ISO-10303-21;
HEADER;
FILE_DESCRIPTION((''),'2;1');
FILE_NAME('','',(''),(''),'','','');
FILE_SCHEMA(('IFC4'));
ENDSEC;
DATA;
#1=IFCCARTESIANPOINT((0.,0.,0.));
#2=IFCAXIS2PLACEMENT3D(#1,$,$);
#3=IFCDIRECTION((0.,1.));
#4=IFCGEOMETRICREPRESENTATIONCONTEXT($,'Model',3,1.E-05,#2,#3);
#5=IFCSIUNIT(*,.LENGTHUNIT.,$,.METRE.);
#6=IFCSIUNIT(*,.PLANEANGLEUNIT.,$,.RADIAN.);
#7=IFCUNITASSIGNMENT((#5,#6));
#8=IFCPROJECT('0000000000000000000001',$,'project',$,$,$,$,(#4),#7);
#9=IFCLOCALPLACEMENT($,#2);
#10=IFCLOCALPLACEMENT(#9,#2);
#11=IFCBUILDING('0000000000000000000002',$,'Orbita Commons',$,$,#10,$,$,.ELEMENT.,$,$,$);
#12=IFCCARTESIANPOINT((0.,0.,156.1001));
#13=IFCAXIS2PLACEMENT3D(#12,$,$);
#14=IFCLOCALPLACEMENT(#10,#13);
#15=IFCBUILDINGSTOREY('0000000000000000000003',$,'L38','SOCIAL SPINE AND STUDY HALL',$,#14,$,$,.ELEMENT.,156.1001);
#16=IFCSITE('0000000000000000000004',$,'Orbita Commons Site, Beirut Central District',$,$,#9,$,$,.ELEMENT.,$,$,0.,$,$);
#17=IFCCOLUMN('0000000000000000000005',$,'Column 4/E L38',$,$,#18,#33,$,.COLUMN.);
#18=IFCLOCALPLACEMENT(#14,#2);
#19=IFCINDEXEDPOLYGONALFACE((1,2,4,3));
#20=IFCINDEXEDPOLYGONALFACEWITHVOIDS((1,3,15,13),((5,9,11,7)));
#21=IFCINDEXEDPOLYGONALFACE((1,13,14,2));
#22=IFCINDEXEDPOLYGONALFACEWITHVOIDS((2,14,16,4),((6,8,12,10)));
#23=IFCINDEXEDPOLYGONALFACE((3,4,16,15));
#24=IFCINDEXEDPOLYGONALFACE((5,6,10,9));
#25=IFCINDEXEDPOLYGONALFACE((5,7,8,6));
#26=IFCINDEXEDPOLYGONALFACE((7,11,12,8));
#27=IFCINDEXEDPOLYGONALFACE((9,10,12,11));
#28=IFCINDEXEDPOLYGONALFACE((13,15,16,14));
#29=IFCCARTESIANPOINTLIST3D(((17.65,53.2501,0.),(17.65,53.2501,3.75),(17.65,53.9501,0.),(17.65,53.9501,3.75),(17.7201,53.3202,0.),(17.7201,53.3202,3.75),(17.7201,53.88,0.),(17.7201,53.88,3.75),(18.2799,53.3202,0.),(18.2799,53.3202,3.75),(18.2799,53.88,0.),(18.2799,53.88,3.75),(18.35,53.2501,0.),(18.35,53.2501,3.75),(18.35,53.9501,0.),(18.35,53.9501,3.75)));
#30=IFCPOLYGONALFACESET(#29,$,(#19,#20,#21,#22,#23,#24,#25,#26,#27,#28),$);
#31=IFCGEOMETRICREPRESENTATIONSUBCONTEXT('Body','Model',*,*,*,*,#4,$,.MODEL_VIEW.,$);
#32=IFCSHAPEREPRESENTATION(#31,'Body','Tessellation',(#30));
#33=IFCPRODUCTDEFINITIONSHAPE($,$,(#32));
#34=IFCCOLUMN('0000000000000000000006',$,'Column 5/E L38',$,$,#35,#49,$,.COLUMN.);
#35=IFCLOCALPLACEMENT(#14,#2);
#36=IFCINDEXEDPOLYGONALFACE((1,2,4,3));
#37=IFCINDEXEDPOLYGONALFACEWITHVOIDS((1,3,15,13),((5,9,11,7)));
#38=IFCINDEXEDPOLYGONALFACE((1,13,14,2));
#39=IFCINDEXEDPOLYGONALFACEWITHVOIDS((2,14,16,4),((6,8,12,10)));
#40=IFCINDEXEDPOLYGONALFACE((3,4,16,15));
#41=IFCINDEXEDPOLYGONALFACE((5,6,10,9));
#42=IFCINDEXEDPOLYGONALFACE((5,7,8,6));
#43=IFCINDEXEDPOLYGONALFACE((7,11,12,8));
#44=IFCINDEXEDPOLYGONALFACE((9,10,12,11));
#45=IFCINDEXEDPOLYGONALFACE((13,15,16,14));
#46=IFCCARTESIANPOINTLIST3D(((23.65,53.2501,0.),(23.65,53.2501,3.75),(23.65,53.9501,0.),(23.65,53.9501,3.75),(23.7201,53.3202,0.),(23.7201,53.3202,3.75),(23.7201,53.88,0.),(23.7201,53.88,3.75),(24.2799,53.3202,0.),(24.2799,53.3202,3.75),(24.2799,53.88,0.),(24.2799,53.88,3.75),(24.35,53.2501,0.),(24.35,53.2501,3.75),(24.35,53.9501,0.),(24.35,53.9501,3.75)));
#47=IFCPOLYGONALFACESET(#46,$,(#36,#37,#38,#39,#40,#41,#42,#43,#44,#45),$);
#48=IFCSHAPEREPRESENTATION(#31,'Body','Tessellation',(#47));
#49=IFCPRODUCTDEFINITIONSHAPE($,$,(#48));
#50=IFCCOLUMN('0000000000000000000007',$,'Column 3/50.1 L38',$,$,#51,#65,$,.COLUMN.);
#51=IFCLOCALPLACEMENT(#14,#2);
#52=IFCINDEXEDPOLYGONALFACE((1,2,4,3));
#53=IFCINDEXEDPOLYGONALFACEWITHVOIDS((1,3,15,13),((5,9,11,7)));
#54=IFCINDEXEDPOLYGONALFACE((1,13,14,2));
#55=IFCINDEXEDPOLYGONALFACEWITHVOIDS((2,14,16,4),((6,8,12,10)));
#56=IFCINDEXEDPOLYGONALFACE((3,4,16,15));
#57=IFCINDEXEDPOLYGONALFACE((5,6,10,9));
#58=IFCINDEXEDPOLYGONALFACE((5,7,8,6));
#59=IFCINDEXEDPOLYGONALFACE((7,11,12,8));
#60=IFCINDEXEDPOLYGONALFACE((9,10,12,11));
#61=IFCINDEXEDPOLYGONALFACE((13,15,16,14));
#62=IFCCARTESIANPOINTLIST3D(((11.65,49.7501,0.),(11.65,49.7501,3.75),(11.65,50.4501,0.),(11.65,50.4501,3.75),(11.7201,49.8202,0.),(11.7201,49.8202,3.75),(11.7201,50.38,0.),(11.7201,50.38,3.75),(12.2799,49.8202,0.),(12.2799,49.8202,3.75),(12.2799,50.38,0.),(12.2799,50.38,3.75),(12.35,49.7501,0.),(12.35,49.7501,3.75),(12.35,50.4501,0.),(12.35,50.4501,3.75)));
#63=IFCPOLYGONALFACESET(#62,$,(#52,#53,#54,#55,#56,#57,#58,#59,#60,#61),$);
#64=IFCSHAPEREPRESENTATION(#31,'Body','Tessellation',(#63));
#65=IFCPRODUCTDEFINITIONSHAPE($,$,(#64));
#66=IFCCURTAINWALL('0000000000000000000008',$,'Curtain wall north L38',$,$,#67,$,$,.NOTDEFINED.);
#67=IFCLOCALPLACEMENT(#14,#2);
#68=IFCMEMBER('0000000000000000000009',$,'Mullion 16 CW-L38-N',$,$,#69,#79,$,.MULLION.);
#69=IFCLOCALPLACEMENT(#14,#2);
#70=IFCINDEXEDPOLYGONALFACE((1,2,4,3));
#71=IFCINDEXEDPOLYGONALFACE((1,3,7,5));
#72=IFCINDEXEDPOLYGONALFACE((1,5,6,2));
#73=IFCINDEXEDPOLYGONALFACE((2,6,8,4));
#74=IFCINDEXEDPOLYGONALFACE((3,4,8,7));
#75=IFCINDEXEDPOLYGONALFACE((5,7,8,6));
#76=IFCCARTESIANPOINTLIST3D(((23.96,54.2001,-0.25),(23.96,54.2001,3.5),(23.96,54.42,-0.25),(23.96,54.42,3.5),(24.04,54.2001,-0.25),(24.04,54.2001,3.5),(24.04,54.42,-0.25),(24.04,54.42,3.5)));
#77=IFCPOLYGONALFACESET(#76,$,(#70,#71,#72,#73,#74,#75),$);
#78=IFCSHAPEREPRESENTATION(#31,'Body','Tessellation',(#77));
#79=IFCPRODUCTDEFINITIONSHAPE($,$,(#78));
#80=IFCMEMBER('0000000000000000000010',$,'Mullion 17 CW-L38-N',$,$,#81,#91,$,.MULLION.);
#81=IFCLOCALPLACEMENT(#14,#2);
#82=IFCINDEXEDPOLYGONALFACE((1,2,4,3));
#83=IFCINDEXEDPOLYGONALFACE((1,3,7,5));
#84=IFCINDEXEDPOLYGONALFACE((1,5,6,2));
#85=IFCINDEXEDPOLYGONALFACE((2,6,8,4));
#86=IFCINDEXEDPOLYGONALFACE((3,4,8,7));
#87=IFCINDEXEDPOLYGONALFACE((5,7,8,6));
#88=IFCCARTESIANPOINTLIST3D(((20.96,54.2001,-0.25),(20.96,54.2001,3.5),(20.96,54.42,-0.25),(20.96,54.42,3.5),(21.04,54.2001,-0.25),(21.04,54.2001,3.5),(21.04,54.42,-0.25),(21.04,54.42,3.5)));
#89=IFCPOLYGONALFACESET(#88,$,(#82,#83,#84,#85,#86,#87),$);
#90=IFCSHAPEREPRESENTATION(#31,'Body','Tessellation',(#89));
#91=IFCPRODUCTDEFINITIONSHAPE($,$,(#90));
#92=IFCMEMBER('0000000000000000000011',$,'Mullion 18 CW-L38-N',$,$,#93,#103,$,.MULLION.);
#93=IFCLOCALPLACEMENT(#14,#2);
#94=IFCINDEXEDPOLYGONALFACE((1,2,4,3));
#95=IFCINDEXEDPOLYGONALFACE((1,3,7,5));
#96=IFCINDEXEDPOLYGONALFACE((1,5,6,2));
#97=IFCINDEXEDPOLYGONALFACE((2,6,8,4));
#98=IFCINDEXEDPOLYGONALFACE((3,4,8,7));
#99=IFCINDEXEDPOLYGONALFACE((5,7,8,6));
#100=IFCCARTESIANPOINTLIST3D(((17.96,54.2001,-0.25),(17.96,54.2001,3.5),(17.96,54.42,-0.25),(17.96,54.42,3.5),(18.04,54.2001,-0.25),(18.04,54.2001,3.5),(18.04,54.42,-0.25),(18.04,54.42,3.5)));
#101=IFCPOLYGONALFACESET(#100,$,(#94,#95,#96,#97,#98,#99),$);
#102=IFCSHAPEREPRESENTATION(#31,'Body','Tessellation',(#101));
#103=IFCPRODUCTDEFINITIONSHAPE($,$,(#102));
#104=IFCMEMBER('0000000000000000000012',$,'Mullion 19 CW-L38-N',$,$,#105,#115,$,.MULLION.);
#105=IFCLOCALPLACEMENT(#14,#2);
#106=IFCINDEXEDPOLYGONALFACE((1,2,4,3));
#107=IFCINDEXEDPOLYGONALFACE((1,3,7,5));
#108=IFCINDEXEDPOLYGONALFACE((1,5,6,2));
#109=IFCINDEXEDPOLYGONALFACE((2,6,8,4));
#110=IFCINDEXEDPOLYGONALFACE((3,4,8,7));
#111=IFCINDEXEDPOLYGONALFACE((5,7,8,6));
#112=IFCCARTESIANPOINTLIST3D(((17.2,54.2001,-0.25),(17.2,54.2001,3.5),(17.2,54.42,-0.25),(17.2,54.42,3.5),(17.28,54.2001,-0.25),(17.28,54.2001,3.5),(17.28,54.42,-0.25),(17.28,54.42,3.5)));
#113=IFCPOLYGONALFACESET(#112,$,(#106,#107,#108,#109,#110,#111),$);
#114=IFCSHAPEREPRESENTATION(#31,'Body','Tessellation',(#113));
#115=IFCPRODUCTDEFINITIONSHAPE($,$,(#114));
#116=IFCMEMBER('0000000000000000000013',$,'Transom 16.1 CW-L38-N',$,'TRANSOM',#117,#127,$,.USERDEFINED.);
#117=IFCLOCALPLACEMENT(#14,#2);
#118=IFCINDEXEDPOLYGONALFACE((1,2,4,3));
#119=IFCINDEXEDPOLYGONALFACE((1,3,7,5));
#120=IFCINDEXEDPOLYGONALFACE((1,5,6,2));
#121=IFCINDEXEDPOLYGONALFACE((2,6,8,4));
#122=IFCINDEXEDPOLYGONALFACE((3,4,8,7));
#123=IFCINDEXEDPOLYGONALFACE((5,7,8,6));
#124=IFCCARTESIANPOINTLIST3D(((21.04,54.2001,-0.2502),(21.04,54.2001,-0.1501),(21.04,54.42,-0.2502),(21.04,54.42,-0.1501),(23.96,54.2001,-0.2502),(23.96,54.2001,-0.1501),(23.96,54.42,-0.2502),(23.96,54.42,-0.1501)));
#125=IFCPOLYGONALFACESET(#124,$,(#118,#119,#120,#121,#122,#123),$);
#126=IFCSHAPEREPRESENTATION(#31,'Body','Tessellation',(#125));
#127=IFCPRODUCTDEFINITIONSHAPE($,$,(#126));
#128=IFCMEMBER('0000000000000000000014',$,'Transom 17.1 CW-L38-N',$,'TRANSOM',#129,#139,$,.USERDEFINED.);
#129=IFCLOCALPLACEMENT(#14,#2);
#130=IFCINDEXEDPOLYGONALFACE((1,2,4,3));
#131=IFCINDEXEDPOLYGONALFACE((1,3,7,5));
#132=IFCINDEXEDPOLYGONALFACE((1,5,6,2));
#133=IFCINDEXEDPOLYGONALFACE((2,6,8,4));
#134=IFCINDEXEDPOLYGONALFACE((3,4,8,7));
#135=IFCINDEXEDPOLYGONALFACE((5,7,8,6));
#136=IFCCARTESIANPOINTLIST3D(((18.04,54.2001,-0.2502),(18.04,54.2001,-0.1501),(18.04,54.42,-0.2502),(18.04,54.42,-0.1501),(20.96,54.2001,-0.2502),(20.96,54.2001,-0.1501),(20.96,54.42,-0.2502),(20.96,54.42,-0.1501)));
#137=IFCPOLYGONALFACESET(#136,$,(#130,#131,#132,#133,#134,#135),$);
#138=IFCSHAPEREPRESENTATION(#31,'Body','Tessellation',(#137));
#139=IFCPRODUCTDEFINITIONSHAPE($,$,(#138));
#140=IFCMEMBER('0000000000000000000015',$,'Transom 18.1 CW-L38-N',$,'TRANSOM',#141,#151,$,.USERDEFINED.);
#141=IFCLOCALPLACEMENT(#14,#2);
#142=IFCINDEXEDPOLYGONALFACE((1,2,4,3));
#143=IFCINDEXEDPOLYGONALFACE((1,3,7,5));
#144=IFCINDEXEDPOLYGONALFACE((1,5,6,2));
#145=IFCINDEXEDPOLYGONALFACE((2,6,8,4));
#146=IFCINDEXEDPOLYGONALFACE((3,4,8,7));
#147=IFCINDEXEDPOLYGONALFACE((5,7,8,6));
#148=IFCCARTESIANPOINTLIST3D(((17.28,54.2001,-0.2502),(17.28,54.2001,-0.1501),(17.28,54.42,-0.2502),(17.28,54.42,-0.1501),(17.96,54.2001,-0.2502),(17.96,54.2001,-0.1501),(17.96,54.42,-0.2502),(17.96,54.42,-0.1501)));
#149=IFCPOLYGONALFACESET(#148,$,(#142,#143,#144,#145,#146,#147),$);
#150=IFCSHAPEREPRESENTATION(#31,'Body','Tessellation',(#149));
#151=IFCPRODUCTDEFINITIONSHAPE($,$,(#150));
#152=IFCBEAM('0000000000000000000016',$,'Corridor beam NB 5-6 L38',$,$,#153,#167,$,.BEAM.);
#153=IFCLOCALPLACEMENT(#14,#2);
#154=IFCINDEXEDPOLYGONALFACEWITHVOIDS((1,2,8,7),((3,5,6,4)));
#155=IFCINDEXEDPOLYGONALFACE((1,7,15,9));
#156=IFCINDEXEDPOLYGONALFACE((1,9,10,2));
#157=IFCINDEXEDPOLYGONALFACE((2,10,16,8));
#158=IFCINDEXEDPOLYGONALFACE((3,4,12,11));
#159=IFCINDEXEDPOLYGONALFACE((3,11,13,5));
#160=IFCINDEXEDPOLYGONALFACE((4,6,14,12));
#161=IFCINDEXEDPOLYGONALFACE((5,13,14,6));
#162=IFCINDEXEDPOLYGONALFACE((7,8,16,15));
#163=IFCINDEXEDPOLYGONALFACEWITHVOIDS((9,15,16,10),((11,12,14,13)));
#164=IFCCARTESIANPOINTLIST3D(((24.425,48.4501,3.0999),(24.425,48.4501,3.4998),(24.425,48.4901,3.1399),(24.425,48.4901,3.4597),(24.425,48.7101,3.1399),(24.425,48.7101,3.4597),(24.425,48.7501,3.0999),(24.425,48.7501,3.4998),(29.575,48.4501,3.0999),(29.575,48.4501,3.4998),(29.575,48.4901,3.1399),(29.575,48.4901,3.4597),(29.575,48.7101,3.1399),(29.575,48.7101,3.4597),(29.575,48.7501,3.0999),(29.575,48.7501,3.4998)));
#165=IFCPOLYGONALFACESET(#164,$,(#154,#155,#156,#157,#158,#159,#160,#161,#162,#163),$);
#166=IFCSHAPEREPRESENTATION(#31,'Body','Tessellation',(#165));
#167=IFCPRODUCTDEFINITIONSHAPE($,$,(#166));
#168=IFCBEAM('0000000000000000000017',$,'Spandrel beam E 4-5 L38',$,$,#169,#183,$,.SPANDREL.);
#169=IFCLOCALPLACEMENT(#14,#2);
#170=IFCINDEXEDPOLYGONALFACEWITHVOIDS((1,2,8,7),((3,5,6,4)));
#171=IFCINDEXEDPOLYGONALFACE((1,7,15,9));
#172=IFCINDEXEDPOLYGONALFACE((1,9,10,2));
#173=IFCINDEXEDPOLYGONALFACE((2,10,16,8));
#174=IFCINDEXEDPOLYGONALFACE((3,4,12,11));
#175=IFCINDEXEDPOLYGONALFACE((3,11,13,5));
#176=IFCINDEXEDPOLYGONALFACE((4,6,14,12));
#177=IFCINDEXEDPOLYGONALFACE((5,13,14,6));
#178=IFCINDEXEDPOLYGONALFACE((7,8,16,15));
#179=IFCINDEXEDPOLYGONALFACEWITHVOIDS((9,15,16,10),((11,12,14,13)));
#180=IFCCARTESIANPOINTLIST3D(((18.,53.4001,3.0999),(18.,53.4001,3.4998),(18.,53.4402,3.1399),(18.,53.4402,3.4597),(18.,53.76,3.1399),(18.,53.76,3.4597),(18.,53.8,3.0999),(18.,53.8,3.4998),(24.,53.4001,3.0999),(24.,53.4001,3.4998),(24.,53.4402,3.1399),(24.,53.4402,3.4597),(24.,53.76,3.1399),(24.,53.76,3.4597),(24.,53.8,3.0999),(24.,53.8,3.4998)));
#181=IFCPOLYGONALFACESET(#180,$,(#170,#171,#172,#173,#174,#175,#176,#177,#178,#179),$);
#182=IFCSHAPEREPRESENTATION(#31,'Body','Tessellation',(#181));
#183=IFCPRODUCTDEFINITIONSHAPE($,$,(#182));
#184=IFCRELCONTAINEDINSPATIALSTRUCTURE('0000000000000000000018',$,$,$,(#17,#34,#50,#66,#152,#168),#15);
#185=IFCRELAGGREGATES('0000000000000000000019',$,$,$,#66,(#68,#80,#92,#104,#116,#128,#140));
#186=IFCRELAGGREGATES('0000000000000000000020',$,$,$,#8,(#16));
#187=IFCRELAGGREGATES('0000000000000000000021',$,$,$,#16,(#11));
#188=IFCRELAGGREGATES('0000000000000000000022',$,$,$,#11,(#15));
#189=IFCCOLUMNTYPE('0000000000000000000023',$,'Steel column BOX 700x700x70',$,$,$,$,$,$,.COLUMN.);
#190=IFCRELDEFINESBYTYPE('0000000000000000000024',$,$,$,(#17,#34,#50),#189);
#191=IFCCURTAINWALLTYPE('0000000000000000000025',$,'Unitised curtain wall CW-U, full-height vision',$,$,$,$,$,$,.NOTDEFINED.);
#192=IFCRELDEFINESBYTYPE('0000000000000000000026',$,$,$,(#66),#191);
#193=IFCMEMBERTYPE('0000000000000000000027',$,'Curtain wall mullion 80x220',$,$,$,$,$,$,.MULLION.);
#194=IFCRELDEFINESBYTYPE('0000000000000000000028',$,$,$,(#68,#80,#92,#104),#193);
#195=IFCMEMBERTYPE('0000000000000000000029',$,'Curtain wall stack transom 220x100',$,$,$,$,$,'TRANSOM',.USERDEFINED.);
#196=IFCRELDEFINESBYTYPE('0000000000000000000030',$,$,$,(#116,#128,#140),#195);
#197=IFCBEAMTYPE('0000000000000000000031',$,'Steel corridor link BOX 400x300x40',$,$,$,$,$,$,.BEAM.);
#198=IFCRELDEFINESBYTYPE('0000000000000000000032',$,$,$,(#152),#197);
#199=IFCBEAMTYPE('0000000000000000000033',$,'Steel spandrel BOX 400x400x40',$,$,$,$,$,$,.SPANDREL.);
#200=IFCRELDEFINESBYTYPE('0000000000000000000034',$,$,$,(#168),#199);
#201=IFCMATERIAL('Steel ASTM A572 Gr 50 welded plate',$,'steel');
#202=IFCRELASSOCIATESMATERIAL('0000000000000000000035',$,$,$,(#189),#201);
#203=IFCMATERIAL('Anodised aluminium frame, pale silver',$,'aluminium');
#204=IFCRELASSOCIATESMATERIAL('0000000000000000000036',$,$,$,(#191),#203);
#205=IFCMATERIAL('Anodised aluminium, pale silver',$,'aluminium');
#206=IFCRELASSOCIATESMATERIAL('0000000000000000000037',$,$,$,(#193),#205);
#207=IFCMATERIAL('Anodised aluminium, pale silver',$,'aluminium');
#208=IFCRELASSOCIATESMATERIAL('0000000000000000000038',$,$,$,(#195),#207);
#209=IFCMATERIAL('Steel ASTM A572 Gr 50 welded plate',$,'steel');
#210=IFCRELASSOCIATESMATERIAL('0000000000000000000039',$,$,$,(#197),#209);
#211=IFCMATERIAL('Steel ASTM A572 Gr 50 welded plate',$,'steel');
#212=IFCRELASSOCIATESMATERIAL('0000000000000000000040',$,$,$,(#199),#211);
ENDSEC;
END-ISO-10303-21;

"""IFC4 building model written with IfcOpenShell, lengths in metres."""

from ifc_helpers import new_model, si_unit, direction, frame, origin, origin_2d, place, context, subcontext, project, spatial, rectangle, hollow_rectangle, extrude, material, material_profile, profile_set, type_object, element, aggregate, save


model = new_model("IFC4")

# Units and contexts
model_context = context("Model", 3, precision=1e-05, world=origin(), true_north=direction((0.0, 1.0)))
body_context = subcontext(model_context, "Body", "Model", "MODEL_VIEW")
ifc_project = project(units=[si_unit("LENGTHUNIT", "METRE"), si_unit("PLANEANGLEUNIT", "RADIAN")], contexts=[model_context])

# Site, building, storey
site_placement = place(None, origin())
site = spatial("IfcSite", under=ifc_project, at=site_placement, Name="Orbita Commons Site, Beirut Central District", CompositionType="ELEMENT", RefElevation=0.0)
building_placement = place(site_placement, origin())
building = spatial("IfcBuilding", under=site, at=building_placement, Name="Orbita Commons", CompositionType="ELEMENT")
storey_placement = place(building_placement, frame((0.0, 0.0, 156.1001)))
storey = spatial("IfcBuildingStorey", under=building, at=storey_placement, Name="L38", Description="SOCIAL SPINE AND STUDY HALL", CompositionType="ELEMENT", Elevation=156.1001)

# Columns
ifc_material_1 = material(Name="Steel ASTM A572 Gr 50 welded plate", Category="steel")
ifc_material_profile_1 = material_profile(ifc_material_1, hollow_rectangle(XDim=0.7, YDim=0.7, WallThickness=0.0701, at=origin_2d()), Name="BOX 700x700x70")
ifc_profile_set_1 = profile_set([ifc_material_profile_1], Name="Steel ASTM A572 Gr 50 welded plate")
column_type = type_object("IfcColumnType", Name="Steel column BOX 700x700x70", PredefinedType="COLUMN", material=ifc_profile_set_1)
for number, where, z_axis, x_axis, name in (
    (1, (18.0, 53.6001, 0.0), (0.0, 0.0, 1.0), (1.0, 0.0, 0.0), "Column 4/E L38"),
    (2, (24.0, 53.6001, 0.0), (0.0, 0.0, 1.0), (1.0, 0.0, 0.0), "Column 5/E L38"),
    (3, (12.0, 50.1001, 0.0), (0.0, 0.0, 1.0), (1.0, 0.0, 0.0), "Column 3/50.1 L38"),
):
    element("IfcColumn", number, at=place(storey_placement, frame(where, z_axis=z_axis, x_axis=x_axis)), inside=storey, type_object=column_type, Name=name, PredefinedType="COLUMN", context=body_context, shape_type="SweptSolid", body=[
        extrude(hollow_rectangle(XDim=0.7, YDim=0.7, WallThickness=0.0701, at=origin_2d()), origin(), (0.0, 0.0, 1.0), 3.75),
    ])

# Curtain wall, members
ifc_material_2 = material(Name="Anodised aluminium frame, pale silver", Category="aluminium")
curtain_wall_type = type_object("IfcCurtainWallType", Name="Unitised curtain wall CW-U, full-height vision", PredefinedType="NOTDEFINED", material=ifc_material_2)
curtain_wall_placement = place(storey_placement, origin())
curtain_wall = element("IfcCurtainWall", 4, at=curtain_wall_placement, inside=storey, type_object=curtain_wall_type, Name="Curtain wall north L38", PredefinedType="NOTDEFINED")
ifc_material_3 = material(Name="Anodised aluminium, pale silver", Category="aluminium")
ifc_material_profile_2 = material_profile(ifc_material_3, rectangle(XDim=0.0801, YDim=0.22, at=origin_2d()), Name="AL 80x220")
ifc_profile_set_2 = profile_set([ifc_material_profile_2], Name="Anodised aluminium, pale silver")
member_type_1 = type_object("IfcMemberType", Name="Curtain wall mullion 80x220", PredefinedType="MULLION", material=ifc_profile_set_2)
member_1_placement = place(storey_placement, frame((24.0, 54.3101, -0.25), z_axis=(0.0, 0.0, 1.0), x_axis=(-1.0, 0.0, 0.0)))
member_1 = element("IfcMember", 5, at=member_1_placement, type_object=member_type_1, Name="Mullion 16 CW-L38-N", PredefinedType="MULLION", context=body_context, shape_type="SweptSolid", body=[
    extrude(rectangle(XDim=0.0801, YDim=0.22, at=origin_2d()), origin(), (0.0, 0.0, 1.0), 3.75),
])
member_2_placement = place(storey_placement, frame((21.0, 54.3101, -0.25), z_axis=(0.0, 0.0, 1.0), x_axis=(-1.0, 0.0, 0.0)))
member_2 = element("IfcMember", 6, at=member_2_placement, type_object=member_type_1, Name="Mullion 17 CW-L38-N", PredefinedType="MULLION", context=body_context, shape_type="SweptSolid", body=[
    extrude(rectangle(XDim=0.0801, YDim=0.22, at=origin_2d()), origin(), (0.0, 0.0, 1.0), 3.75),
])
member_3_placement = place(storey_placement, frame((18.0, 54.3101, -0.25), z_axis=(0.0, 0.0, 1.0), x_axis=(-1.0, 0.0, 0.0)))
member_3 = element("IfcMember", 7, at=member_3_placement, type_object=member_type_1, Name="Mullion 18 CW-L38-N", PredefinedType="MULLION", context=body_context, shape_type="SweptSolid", body=[
    extrude(rectangle(XDim=0.0801, YDim=0.22, at=origin_2d()), origin(), (0.0, 0.0, 1.0), 3.75),
])
member_4_placement = place(storey_placement, frame((17.24, 54.3101, -0.25), z_axis=(0.0, 0.0, 1.0), x_axis=(-1.0, 0.0, 0.0)))
member_4 = element("IfcMember", 8, at=member_4_placement, type_object=member_type_1, Name="Mullion 19 CW-L38-N", PredefinedType="MULLION", context=body_context, shape_type="SweptSolid", body=[
    extrude(rectangle(XDim=0.0801, YDim=0.22, at=origin_2d()), origin(), (0.0, 0.0, 1.0), 3.75),
])
ifc_material_4 = material(Name="Anodised aluminium, pale silver", Category="aluminium")
ifc_material_profile_3 = material_profile(ifc_material_4, rectangle(XDim=0.22, YDim=0.1001, at=origin_2d()), Name="AL 220x100")
ifc_profile_set_3 = profile_set([ifc_material_profile_3], Name="Anodised aluminium, pale silver")
member_type_2 = type_object("IfcMemberType", Name="Curtain wall stack transom 220x100", ElementType="TRANSOM", PredefinedType="USERDEFINED", material=ifc_profile_set_3)
member_5_placement = place(storey_placement, frame((23.96, 54.3101, -0.2002), z_axis=(-1.0, 0.0, 0.0), x_axis=(0.0, -1.0, 0.0)))
member_5 = element("IfcMember", 9, at=member_5_placement, type_object=member_type_2, Name="Transom 16.1 CW-L38-N", ObjectType="TRANSOM", PredefinedType="USERDEFINED", context=body_context, shape_type="SweptSolid", body=[
    extrude(rectangle(XDim=0.22, YDim=0.1001, at=origin_2d()), origin(), (0.0, 0.0, 1.0), 2.9199),
])
member_6_placement = place(storey_placement, frame((20.96, 54.3101, -0.2002), z_axis=(-1.0, 0.0, 0.0), x_axis=(0.0, -1.0, 0.0)))
member_6 = element("IfcMember", 10, at=member_6_placement, type_object=member_type_2, Name="Transom 17.1 CW-L38-N", ObjectType="TRANSOM", PredefinedType="USERDEFINED", context=body_context, shape_type="SweptSolid", body=[
    extrude(rectangle(XDim=0.22, YDim=0.1001, at=origin_2d()), origin(), (0.0, 0.0, 1.0), 2.9199),
])
member_7_placement = place(storey_placement, frame((17.96, 54.3101, -0.2002), z_axis=(-1.0, 0.0, 0.0), x_axis=(0.0, -1.0, 0.0)))
member_7 = element("IfcMember", 11, at=member_7_placement, type_object=member_type_2, Name="Transom 18.1 CW-L38-N", ObjectType="TRANSOM", PredefinedType="USERDEFINED", context=body_context, shape_type="SweptSolid", body=[
    extrude(rectangle(XDim=0.22, YDim=0.1001, at=origin_2d()), origin(), (0.0, 0.0, 1.0), 0.6799),
])

# Beams
ifc_material_5 = material(Name="Steel ASTM A572 Gr 50 welded plate", Category="steel")
ifc_material_profile_4 = material_profile(ifc_material_5, hollow_rectangle(XDim=0.3, YDim=0.3999, WallThickness=0.04, at=origin_2d()), Name="BOX 400x300x40")
ifc_profile_set_4 = profile_set([ifc_material_profile_4], Name="Steel ASTM A572 Gr 50 welded plate")
beam_type_1 = type_object("IfcBeamType", Name="Steel corridor link BOX 400x300x40", PredefinedType="BEAM", material=ifc_profile_set_4)
beam_placement = place(storey_placement, frame((24.425, 48.6001, 3.2998), z_axis=(1.0, 0.0, 0.0), x_axis=(0.0, 1.0, 0.0)))
element("IfcBeam", 12, at=beam_placement, inside=storey, type_object=beam_type_1, Name="Corridor beam NB 5-6 L38", PredefinedType="BEAM", context=body_context, shape_type="SweptSolid", body=[
    extrude(hollow_rectangle(XDim=0.3, YDim=0.3999, WallThickness=0.04, at=origin_2d()), origin(), (0.0, 0.0, 1.0), 5.1499),
])
ifc_material_6 = material(Name="Steel ASTM A572 Gr 50 welded plate", Category="steel")
ifc_material_profile_5 = material_profile(ifc_material_6, hollow_rectangle(XDim=0.3999, YDim=0.3999, WallThickness=0.04, at=origin_2d()), Name="BOX 400x400x40")
ifc_profile_set_5 = profile_set([ifc_material_profile_5], Name="Steel ASTM A572 Gr 50 welded plate")
beam_type_2 = type_object("IfcBeamType", Name="Steel spandrel BOX 400x400x40", PredefinedType="SPANDREL", material=ifc_profile_set_5)
for number, where, z_axis, x_axis, name in (
    (13, (18.0, 53.6001, 3.2998), (1.0, 0.0, 0.0), (0.0, 1.0, 0.0), "Spandrel beam E 4-5 L38"),
):
    element("IfcBeam", number, at=place(storey_placement, frame(where, z_axis=z_axis, x_axis=x_axis)), inside=storey, type_object=beam_type_2, Name=name, PredefinedType="SPANDREL", context=body_context, shape_type="SweptSolid", body=[
        extrude(hollow_rectangle(XDim=0.3999, YDim=0.3999, WallThickness=0.04, at=origin_2d()), origin(), (0.0, 0.0, 1.0), 6.0),
    ])

aggregate(curtain_wall, [member_1, member_2, member_3, member_4, member_5, member_6, member_7])

save(model, "model.ifc")
